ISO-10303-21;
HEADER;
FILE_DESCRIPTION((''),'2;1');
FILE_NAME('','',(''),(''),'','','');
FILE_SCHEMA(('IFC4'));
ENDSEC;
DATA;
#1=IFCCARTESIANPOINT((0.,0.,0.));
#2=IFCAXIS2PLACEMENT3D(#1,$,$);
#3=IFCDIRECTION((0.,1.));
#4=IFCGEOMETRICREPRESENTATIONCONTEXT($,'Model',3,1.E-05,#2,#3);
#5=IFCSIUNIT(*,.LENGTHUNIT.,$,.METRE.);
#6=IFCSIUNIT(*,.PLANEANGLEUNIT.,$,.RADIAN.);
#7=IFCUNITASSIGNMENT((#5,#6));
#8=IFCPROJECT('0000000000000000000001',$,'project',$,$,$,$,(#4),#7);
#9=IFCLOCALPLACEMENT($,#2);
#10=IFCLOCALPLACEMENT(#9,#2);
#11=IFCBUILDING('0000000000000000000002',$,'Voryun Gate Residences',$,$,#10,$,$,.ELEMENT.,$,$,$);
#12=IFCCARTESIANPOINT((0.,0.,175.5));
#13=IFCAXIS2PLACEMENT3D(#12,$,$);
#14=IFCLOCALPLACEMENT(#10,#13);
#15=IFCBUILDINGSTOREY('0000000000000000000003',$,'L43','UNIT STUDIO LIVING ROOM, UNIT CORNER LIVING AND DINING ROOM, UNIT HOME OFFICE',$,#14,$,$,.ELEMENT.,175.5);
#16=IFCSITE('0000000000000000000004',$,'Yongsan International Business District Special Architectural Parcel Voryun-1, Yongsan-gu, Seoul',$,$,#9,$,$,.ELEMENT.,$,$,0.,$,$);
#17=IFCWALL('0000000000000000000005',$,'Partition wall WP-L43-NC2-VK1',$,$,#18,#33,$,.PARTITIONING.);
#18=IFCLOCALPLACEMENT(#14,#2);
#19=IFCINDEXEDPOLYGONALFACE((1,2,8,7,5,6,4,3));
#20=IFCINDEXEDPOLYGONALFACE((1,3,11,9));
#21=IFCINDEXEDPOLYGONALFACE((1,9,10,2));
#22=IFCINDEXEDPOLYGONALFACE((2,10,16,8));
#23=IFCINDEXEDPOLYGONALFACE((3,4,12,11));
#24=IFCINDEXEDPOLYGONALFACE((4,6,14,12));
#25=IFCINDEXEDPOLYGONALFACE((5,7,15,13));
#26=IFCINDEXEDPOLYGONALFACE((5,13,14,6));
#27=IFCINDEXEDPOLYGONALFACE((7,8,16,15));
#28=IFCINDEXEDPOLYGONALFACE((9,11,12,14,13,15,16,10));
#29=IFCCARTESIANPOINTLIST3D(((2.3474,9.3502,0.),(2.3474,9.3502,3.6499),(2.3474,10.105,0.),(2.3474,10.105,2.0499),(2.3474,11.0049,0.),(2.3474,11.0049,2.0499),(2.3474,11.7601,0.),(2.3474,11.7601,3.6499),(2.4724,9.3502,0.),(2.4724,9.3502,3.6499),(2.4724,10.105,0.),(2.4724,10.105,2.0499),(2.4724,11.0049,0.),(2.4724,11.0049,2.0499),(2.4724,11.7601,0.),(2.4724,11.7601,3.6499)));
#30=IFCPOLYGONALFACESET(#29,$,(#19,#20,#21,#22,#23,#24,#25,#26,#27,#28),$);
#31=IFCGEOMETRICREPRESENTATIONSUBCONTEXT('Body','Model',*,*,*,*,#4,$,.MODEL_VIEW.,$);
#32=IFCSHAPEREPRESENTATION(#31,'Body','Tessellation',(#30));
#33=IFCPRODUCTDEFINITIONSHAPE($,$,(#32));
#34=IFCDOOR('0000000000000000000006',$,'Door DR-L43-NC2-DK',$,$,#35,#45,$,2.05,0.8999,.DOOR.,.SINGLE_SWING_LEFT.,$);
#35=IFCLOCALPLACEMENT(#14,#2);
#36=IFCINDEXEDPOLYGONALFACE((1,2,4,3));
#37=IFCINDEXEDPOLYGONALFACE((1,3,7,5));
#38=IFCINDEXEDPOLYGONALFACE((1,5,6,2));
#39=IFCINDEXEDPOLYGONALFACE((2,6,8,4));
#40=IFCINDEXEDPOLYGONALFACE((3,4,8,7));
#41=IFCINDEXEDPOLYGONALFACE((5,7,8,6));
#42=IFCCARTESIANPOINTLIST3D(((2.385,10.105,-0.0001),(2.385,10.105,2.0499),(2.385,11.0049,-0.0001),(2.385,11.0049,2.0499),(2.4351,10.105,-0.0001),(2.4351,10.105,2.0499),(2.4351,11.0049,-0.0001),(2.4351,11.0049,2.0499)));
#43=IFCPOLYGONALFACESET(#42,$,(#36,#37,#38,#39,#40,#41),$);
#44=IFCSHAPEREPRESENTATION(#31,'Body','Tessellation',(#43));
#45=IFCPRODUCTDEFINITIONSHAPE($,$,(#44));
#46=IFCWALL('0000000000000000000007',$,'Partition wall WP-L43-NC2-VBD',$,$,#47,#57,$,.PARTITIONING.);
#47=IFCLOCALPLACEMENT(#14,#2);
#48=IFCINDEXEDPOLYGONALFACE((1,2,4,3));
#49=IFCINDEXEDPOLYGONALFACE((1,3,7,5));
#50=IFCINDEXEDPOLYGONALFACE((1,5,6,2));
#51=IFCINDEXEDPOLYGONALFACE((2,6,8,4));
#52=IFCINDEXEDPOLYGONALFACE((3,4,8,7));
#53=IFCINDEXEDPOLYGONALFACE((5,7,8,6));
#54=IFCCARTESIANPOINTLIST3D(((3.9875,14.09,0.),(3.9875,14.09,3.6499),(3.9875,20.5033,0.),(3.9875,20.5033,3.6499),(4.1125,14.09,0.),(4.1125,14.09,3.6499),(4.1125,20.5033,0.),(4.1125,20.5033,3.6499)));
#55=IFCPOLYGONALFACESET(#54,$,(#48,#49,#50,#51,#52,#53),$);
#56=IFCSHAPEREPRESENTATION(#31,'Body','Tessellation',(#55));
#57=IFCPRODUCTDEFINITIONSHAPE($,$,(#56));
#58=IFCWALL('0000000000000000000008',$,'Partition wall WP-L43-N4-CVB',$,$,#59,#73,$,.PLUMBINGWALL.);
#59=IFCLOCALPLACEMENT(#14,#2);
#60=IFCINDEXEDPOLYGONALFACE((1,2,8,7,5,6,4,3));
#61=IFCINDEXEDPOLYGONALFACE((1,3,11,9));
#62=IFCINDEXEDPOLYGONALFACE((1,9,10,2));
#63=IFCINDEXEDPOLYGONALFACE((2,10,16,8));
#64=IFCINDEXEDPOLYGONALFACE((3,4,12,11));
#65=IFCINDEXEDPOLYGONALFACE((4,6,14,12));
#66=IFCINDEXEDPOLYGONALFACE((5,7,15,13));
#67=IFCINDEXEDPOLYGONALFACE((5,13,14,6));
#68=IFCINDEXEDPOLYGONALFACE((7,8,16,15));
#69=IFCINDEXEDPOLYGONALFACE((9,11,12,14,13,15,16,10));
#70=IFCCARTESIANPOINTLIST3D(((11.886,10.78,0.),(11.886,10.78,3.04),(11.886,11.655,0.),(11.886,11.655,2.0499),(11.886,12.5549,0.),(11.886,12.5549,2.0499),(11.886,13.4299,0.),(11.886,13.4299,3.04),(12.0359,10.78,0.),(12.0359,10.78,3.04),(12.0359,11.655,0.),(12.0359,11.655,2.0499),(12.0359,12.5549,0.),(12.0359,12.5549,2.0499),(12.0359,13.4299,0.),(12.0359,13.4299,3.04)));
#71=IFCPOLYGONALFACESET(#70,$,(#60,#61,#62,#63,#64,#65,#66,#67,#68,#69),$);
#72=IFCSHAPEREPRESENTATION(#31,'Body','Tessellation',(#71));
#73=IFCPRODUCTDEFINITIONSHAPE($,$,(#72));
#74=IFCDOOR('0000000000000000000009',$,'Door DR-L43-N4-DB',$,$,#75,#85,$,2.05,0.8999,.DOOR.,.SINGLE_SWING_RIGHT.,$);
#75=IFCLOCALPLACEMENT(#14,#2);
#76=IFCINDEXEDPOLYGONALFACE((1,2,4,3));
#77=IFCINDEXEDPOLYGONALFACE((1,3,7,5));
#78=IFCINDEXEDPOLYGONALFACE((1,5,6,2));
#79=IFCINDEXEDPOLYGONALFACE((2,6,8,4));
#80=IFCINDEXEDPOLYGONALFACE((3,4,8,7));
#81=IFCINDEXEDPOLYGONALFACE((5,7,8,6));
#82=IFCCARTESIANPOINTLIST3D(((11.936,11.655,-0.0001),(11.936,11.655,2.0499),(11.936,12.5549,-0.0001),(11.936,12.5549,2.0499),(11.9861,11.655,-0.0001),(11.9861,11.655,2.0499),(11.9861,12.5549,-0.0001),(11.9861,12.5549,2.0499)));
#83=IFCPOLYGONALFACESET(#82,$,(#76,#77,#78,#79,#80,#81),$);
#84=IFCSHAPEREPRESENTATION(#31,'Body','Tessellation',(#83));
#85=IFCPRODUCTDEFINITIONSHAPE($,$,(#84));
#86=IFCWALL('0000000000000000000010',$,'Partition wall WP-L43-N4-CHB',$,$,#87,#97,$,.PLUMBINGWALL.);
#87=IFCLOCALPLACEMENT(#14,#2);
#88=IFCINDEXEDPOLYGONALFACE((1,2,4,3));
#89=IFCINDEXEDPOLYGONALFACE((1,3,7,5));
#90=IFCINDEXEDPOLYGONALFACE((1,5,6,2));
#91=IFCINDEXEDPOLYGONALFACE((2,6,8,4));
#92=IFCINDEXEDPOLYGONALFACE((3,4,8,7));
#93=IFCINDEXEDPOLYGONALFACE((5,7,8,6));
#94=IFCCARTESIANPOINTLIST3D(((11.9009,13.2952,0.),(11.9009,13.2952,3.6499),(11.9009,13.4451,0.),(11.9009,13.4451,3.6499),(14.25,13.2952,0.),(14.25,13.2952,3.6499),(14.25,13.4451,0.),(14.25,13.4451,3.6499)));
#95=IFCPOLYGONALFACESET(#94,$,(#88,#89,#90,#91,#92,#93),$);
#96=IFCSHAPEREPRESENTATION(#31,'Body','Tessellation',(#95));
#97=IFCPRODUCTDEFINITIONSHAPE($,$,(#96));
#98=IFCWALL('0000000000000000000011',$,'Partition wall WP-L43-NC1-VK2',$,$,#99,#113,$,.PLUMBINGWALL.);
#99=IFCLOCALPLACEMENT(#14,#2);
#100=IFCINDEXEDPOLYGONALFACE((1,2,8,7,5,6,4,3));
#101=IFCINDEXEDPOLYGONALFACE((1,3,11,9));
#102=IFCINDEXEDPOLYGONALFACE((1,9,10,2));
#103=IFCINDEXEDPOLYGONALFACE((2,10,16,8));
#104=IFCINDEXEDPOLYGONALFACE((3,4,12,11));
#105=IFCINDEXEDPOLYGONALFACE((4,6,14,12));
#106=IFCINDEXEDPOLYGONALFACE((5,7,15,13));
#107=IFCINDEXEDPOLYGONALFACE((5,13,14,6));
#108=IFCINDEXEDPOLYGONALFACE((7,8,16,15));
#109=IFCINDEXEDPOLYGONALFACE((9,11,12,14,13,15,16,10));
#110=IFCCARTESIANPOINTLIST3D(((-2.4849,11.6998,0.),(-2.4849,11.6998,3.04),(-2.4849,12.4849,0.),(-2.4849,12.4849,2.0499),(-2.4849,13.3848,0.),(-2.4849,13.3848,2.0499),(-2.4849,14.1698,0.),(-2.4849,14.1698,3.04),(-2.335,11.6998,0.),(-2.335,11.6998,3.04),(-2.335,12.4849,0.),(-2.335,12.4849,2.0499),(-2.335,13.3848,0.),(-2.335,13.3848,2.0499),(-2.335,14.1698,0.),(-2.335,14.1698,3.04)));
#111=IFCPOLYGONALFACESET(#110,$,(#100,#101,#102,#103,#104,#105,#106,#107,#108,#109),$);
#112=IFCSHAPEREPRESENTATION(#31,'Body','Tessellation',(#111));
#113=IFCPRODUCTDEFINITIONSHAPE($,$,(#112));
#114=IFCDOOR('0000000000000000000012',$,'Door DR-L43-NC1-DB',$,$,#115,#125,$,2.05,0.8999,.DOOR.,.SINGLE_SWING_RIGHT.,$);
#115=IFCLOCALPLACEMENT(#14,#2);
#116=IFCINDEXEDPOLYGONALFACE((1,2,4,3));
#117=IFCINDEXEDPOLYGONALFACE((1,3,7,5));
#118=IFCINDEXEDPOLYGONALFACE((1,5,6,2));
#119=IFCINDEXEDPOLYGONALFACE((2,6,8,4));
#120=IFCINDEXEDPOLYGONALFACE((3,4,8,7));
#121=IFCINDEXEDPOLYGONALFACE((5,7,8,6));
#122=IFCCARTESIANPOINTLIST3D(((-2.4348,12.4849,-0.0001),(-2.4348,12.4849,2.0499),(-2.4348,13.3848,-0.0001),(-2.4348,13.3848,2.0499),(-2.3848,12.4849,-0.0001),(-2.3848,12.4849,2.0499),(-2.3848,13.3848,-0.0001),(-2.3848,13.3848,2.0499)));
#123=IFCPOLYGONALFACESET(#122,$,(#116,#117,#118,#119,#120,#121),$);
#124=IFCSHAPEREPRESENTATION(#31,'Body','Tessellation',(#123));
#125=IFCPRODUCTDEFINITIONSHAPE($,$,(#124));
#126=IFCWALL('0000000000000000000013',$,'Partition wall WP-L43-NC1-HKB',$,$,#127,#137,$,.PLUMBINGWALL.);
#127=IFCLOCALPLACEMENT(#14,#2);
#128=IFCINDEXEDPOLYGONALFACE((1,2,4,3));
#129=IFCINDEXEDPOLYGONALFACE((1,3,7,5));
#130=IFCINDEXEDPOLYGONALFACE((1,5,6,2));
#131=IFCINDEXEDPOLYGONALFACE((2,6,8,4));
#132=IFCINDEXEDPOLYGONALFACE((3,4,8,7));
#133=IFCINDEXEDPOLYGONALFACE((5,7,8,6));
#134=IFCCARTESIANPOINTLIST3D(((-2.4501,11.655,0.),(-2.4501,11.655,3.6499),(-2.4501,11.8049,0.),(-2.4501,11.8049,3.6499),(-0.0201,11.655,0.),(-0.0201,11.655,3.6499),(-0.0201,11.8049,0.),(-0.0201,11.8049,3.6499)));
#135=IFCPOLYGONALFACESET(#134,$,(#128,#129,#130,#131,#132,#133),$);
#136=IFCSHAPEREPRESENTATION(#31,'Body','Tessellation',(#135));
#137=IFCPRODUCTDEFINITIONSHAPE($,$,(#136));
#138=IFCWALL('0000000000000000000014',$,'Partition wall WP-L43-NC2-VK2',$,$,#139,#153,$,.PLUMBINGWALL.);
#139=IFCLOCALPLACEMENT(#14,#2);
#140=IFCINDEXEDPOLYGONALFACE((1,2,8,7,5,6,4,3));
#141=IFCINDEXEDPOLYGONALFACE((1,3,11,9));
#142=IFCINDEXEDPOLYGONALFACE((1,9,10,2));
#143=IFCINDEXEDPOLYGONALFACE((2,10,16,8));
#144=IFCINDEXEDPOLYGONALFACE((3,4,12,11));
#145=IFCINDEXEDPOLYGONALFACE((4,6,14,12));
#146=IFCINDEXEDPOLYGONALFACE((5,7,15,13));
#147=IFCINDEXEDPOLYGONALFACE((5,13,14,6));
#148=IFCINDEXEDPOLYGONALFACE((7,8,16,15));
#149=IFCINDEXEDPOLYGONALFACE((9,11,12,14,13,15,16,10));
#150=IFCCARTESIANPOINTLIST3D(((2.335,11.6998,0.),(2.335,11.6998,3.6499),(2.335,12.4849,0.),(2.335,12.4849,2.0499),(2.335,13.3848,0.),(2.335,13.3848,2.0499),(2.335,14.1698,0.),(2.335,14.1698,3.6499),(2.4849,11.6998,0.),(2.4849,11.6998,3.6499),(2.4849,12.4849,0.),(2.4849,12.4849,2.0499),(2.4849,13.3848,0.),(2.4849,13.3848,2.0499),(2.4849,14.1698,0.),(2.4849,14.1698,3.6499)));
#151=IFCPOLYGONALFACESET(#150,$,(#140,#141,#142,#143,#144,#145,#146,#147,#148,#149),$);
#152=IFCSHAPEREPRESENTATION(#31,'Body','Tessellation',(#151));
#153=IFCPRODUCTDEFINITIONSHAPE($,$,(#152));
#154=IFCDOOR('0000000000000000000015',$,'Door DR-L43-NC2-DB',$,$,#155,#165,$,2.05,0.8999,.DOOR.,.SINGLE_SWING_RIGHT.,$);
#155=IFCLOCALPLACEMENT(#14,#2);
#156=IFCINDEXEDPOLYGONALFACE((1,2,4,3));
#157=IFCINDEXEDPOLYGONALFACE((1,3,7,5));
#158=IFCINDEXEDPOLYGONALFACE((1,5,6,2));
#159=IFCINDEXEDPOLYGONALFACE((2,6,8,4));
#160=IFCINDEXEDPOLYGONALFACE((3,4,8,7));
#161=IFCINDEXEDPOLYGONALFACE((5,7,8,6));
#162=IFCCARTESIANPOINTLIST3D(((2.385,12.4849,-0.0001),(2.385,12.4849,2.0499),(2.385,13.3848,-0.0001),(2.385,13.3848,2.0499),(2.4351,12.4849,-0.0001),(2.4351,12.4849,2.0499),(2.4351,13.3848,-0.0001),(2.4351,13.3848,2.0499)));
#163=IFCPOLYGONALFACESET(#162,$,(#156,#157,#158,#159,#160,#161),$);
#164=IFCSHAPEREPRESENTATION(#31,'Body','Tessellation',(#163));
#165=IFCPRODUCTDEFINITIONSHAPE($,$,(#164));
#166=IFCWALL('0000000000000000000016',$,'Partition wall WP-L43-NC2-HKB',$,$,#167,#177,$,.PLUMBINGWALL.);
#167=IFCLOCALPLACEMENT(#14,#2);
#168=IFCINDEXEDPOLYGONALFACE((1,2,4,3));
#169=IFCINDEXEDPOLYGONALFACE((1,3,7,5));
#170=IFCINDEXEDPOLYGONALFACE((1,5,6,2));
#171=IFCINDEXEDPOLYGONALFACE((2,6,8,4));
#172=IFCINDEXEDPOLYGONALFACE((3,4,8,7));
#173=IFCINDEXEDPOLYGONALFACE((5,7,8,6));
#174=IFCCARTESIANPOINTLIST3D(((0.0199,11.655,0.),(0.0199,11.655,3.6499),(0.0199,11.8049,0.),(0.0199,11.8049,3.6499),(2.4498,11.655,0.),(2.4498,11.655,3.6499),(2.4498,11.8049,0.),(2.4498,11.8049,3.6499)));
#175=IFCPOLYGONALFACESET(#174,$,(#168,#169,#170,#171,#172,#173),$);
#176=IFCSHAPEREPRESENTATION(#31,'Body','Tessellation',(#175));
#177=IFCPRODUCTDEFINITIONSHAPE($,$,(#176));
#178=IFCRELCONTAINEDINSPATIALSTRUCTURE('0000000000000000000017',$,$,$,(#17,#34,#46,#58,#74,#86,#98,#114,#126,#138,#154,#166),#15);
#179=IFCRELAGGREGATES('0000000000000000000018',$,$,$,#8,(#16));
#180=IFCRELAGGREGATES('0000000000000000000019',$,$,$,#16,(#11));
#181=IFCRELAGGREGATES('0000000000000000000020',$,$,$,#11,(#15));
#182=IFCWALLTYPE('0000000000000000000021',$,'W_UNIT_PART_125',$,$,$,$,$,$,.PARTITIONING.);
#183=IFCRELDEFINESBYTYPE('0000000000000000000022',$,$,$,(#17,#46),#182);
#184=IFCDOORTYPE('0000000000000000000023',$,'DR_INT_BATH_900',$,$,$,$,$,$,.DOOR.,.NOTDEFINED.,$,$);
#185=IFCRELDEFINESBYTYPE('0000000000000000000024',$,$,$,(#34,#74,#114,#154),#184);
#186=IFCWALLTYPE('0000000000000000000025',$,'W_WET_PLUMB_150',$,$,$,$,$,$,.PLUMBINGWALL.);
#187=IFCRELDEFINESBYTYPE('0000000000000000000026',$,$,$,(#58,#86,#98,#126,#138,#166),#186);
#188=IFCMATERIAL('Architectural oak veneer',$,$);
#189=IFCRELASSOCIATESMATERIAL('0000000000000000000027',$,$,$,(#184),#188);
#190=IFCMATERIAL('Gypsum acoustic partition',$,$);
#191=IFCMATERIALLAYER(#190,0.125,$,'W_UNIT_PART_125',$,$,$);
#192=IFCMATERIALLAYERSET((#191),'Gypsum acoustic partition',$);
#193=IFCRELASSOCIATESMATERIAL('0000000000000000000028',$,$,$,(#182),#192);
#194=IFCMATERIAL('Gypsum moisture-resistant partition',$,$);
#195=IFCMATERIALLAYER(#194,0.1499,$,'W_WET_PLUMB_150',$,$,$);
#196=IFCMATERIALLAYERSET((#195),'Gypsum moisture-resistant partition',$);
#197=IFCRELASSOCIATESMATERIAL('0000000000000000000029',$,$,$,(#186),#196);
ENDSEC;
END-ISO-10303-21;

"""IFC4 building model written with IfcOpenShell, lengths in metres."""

from ifc_helpers import new_model, si_unit, direction, frame, frame_2d, origin, place, context, subcontext, project, spatial, rectangle, extrude, material, layer, layer_set, type_object, element, fill, save


model = new_model("IFC4")

# Units and contexts
model_context = context("Model", 3, precision=1e-05, world=origin(), true_north=direction((0.0, 1.0)))
body_context = subcontext(model_context, "Body", "Model", "MODEL_VIEW")
ifc_project = project(units=[si_unit("LENGTHUNIT", "METRE"), si_unit("PLANEANGLEUNIT", "RADIAN")], contexts=[model_context])

# Site, building, storey
site_placement = place(None, origin())
site = spatial("IfcSite", under=ifc_project, at=site_placement, Name="Yongsan International Business District Special Architectural Parcel Voryun-1, Yongsan-gu, Seoul", CompositionType="ELEMENT", RefElevation=0.0)
building_placement = place(site_placement, origin())
building = spatial("IfcBuilding", under=site, at=building_placement, Name="Voryun Gate Residences", CompositionType="ELEMENT")
storey_placement = place(building_placement, frame((0.0, 0.0, 175.5)))
storey = spatial("IfcBuildingStorey", under=building, at=storey_placement, Name="L43", Description="UNIT STUDIO LIVING ROOM, UNIT CORNER LIVING AND DINING ROOM, UNIT HOME OFFICE", CompositionType="ELEMENT", Elevation=175.5)

# Shared definitions
ifc_material_1 = material(Name="Architectural oak veneer")
door_type_1 = type_object("IfcDoorType", Name="DR_INT_BATH_900", OperationType="NOTDEFINED", PredefinedType="DOOR", material=ifc_material_1)

# Shared definitions
ifc_material_2 = material(Name="Gypsum acoustic partition")
ifc_layer_1 = layer(ifc_material_2, 0.125, Name="W_UNIT_PART_125")
ifc_layer_set_1 = layer_set([ifc_layer_1], Name="Gypsum acoustic partition")
wall_type_1 = type_object("IfcWallType", Name="W_UNIT_PART_125", PredefinedType="PARTITIONING", material=ifc_layer_set_1)

# Wall, opening, door
wall_1_placement = place(storey_placement, frame((2.4099, 9.3501, 0.0), z_axis=(0.0, 0.0, 1.0), x_axis=(0.0, 1.0, 0.0)))
wall_1 = element("IfcWall", 1, at=wall_1_placement, inside=storey, type_object=wall_type_1, Name="Partition wall WP-L43-NC2-VK1", PredefinedType="PARTITIONING", context=body_context, shape_type="SweptSolid", body=[
    extrude(rectangle(XDim=2.4099, YDim=0.125, at=frame_2d((1.2051, 0.0))), origin(), (0.0, 0.0, 1.0), 3.6499),
])
opening_1_placement = place(wall_1_placement, frame((0.7549, 0.0, 0.0)))
opening_1 = element("IfcOpeningElement", 2, at=opening_1_placement, cuts=wall_1, PredefinedType="OPENING", context=body_context, shape_type="SweptSolid", body=[
    extrude(rectangle(XDim=0.8999, YDim=2.05, at=frame_2d((0.45, 1.0249))), frame((0.0, 0.0725, 0.0), z_axis=(0.0, -1.0, 0.0), x_axis=(1.0, 0.0, 0.0)), (0.0, 0.0, 1.0), 0.145),
])
door_1_placement = place(opening_1_placement, origin())
door_1 = element("IfcDoor", 3, at=door_1_placement, inside=storey, type_object=door_type_1, Name="Door DR-L43-NC2-DK", OperationType="SINGLE_SWING_LEFT", OverallHeight=2.05, OverallWidth=0.8999, PredefinedType="DOOR", context=body_context, shape_type="SweptSolid", body=[
    extrude(rectangle(XDim=0.8999, YDim=2.05, at=frame_2d((0.45, 1.0249))), frame((0.0, 0.0249, 0.0), z_axis=(0.0, -1.0, 0.0), x_axis=(1.0, 0.0, 0.0)), (0.0, 0.0, 1.0), 0.05),
])
fill(opening_1, door_1)

# Wall
wall_2_placement = place(storey_placement, frame((4.05, 14.0901, 0.0), z_axis=(0.0, 0.0, 1.0), x_axis=(0.0, 1.0, 0.0)))
element("IfcWall", 4, at=wall_2_placement, inside=storey, type_object=wall_type_1, Name="Partition wall WP-L43-NC2-VBD", PredefinedType="PARTITIONING", context=body_context, shape_type="SweptSolid", body=[
    extrude(rectangle(XDim=6.4133, YDim=0.125, at=frame_2d((3.2065, 0.0))), origin(), (0.0, 0.0, 1.0), 3.6499),
])

# Wall, opening, door
ifc_material_3 = material(Name="Gypsum moisture-resistant partition")
ifc_layer_2 = layer(ifc_material_3, 0.1499, Name="W_WET_PLUMB_150")
ifc_layer_set_2 = layer_set([ifc_layer_2], Name="Gypsum moisture-resistant partition")
wall_type_2 = type_object("IfcWallType", Name="W_WET_PLUMB_150", PredefinedType="PLUMBINGWALL", material=ifc_layer_set_2)
wall_3_placement = place(storey_placement, frame((11.9609, 10.78, 0.0), z_axis=(0.0, 0.0, 1.0), x_axis=(0.0, 1.0, 0.0)))
wall_3 = element("IfcWall", 5, at=wall_3_placement, inside=storey, type_object=wall_type_2, Name="Partition wall WP-L43-N4-CVB", PredefinedType="PLUMBINGWALL", context=body_context, shape_type="SweptSolid", body=[
    extrude(rectangle(XDim=2.6499, YDim=0.1499, at=frame_2d((1.325, 0.0))), origin(), (0.0, 0.0, 1.0), 3.04),
])
opening_2_placement = place(wall_3_placement, frame((0.875, 0.0, 0.0)))
opening_2 = element("IfcOpeningElement", 6, at=opening_2_placement, cuts=wall_3, PredefinedType="OPENING", context=body_context, shape_type="SweptSolid", body=[
    extrude(rectangle(XDim=0.8999, YDim=2.05, at=frame_2d((0.45, 1.0249))), frame((0.0, 0.085, 0.0), z_axis=(0.0, -1.0, 0.0), x_axis=(1.0, 0.0, 0.0)), (0.0, 0.0, 1.0), 0.1699),
])
door_2_placement = place(opening_2_placement, origin())
door_2 = element("IfcDoor", 7, at=door_2_placement, inside=storey, type_object=door_type_1, Name="Door DR-L43-N4-DB", OperationType="SINGLE_SWING_RIGHT", OverallHeight=2.05, OverallWidth=0.8999, PredefinedType="DOOR", context=body_context, shape_type="SweptSolid", body=[
    extrude(rectangle(XDim=0.8999, YDim=2.05, at=frame_2d((0.45, 1.0249))), frame((0.0, 0.0249, 0.0), z_axis=(0.0, -1.0, 0.0), x_axis=(1.0, 0.0, 0.0)), (0.0, 0.0, 1.0), 0.05),
])
fill(opening_2, door_2)

# Wall
wall_4_placement = place(storey_placement, frame((11.9009, 13.3701, 0.0), z_axis=(0.0, 0.0, 1.0), x_axis=(1.0, 0.0, 0.0)))
element("IfcWall", 8, at=wall_4_placement, inside=storey, type_object=wall_type_2, Name="Partition wall WP-L43-N4-CHB", PredefinedType="PLUMBINGWALL", context=body_context, shape_type="SweptSolid", body=[
    extrude(rectangle(XDim=2.3491, YDim=0.1499, at=frame_2d((1.1746, 0.0))), origin(), (0.0, 0.0, 1.0), 3.6499),
])

# Wall, opening, door
wall_5_placement = place(storey_placement, frame((-2.4099, 11.7, 0.0), z_axis=(0.0, 0.0, 1.0), x_axis=(0.0, 1.0, 0.0)))
wall_5 = element("IfcWall", 9, at=wall_5_placement, inside=storey, type_object=wall_type_2, Name="Partition wall WP-L43-NC1-VK2", PredefinedType="PLUMBINGWALL", context=body_context, shape_type="SweptSolid", body=[
    extrude(rectangle(XDim=2.47, YDim=0.1499, at=frame_2d((1.2349, 0.0))), origin(), (0.0, 0.0, 1.0), 3.04),
])
opening_3_placement = place(wall_5_placement, frame((0.7849, 0.0, 0.0)))
opening_3 = element("IfcOpeningElement", 10, at=opening_3_placement, cuts=wall_5, PredefinedType="OPENING", context=body_context, shape_type="SweptSolid", body=[
    extrude(rectangle(XDim=0.8999, YDim=2.05, at=frame_2d((0.45, 1.0249))), frame((0.0, 0.085, 0.0), z_axis=(0.0, -1.0, 0.0), x_axis=(1.0, 0.0, 0.0)), (0.0, 0.0, 1.0), 0.1699),
])
door_3_placement = place(opening_3_placement, origin())
door_3 = element("IfcDoor", 11, at=door_3_placement, inside=storey, type_object=door_type_1, Name="Door DR-L43-NC1-DB", OperationType="SINGLE_SWING_RIGHT", OverallHeight=2.05, OverallWidth=0.8999, PredefinedType="DOOR", context=body_context, shape_type="SweptSolid", body=[
    extrude(rectangle(XDim=0.8999, YDim=2.05, at=frame_2d((0.45, 1.0249))), frame((0.0, 0.0249, 0.0), z_axis=(0.0, -1.0, 0.0), x_axis=(1.0, 0.0, 0.0)), (0.0, 0.0, 1.0), 0.05),
])
fill(opening_3, door_3)

# Wall
wall_6_placement = place(storey_placement, frame((-2.45, 11.73, 0.0), z_axis=(0.0, 0.0, 1.0), x_axis=(1.0, 0.0, 0.0)))
element("IfcWall", 12, at=wall_6_placement, inside=storey, type_object=wall_type_2, Name="Partition wall WP-L43-NC1-HKB", PredefinedType="PLUMBINGWALL", context=body_context, shape_type="SweptSolid", body=[
    extrude(rectangle(XDim=2.4299, YDim=0.1499, at=frame_2d((1.2148, 0.0))), origin(), (0.0, 0.0, 1.0), 3.6499),
])

# Wall, opening, door
wall_7_placement = place(storey_placement, frame((2.4099, 11.7, 0.0), z_axis=(0.0, 0.0, 1.0), x_axis=(0.0, 1.0, 0.0)))
wall_7 = element("IfcWall", 13, at=wall_7_placement, inside=storey, type_object=wall_type_2, Name="Partition wall WP-L43-NC2-VK2", PredefinedType="PLUMBINGWALL", context=body_context, shape_type="SweptSolid", body=[
    extrude(rectangle(XDim=2.47, YDim=0.1499, at=frame_2d((1.2349, 0.0))), origin(), (0.0, 0.0, 1.0), 3.6499),
])
opening_4_placement = place(wall_7_placement, frame((0.7849, 0.0, 0.0)))
opening_4 = element("IfcOpeningElement", 14, at=opening_4_placement, cuts=wall_7, PredefinedType="OPENING", context=body_context, shape_type="SweptSolid", body=[
    extrude(rectangle(XDim=0.8999, YDim=2.05, at=frame_2d((0.45, 1.0249))), frame((0.0, 0.085, 0.0), z_axis=(0.0, -1.0, 0.0), x_axis=(1.0, 0.0, 0.0)), (0.0, 0.0, 1.0), 0.1699),
])
door_4_placement = place(opening_4_placement, origin())
door_4 = element("IfcDoor", 15, at=door_4_placement, inside=storey, type_object=door_type_1, Name="Door DR-L43-NC2-DB", OperationType="SINGLE_SWING_RIGHT", OverallHeight=2.05, OverallWidth=0.8999, PredefinedType="DOOR", context=body_context, shape_type="SweptSolid", body=[
    extrude(rectangle(XDim=0.8999, YDim=2.05, at=frame_2d((0.45, 1.0249))), frame((0.0, 0.0249, 0.0), z_axis=(0.0, -1.0, 0.0), x_axis=(1.0, 0.0, 0.0)), (0.0, 0.0, 1.0), 0.05),
])
fill(opening_4, door_4)

# Wall
wall_8_placement = place(storey_placement, frame((0.02, 11.73, 0.0), z_axis=(0.0, 0.0, 1.0), x_axis=(1.0, 0.0, 0.0)))
element("IfcWall", 16, at=wall_8_placement, inside=storey, type_object=wall_type_2, Name="Partition wall WP-L43-NC2-HKB", PredefinedType="PLUMBINGWALL", context=body_context, shape_type="SweptSolid", body=[
    extrude(rectangle(XDim=2.4299, YDim=0.1499, at=frame_2d((1.2148, 0.0))), origin(), (0.0, 0.0, 1.0), 3.6499),
])

save(model, "model.ifc")
